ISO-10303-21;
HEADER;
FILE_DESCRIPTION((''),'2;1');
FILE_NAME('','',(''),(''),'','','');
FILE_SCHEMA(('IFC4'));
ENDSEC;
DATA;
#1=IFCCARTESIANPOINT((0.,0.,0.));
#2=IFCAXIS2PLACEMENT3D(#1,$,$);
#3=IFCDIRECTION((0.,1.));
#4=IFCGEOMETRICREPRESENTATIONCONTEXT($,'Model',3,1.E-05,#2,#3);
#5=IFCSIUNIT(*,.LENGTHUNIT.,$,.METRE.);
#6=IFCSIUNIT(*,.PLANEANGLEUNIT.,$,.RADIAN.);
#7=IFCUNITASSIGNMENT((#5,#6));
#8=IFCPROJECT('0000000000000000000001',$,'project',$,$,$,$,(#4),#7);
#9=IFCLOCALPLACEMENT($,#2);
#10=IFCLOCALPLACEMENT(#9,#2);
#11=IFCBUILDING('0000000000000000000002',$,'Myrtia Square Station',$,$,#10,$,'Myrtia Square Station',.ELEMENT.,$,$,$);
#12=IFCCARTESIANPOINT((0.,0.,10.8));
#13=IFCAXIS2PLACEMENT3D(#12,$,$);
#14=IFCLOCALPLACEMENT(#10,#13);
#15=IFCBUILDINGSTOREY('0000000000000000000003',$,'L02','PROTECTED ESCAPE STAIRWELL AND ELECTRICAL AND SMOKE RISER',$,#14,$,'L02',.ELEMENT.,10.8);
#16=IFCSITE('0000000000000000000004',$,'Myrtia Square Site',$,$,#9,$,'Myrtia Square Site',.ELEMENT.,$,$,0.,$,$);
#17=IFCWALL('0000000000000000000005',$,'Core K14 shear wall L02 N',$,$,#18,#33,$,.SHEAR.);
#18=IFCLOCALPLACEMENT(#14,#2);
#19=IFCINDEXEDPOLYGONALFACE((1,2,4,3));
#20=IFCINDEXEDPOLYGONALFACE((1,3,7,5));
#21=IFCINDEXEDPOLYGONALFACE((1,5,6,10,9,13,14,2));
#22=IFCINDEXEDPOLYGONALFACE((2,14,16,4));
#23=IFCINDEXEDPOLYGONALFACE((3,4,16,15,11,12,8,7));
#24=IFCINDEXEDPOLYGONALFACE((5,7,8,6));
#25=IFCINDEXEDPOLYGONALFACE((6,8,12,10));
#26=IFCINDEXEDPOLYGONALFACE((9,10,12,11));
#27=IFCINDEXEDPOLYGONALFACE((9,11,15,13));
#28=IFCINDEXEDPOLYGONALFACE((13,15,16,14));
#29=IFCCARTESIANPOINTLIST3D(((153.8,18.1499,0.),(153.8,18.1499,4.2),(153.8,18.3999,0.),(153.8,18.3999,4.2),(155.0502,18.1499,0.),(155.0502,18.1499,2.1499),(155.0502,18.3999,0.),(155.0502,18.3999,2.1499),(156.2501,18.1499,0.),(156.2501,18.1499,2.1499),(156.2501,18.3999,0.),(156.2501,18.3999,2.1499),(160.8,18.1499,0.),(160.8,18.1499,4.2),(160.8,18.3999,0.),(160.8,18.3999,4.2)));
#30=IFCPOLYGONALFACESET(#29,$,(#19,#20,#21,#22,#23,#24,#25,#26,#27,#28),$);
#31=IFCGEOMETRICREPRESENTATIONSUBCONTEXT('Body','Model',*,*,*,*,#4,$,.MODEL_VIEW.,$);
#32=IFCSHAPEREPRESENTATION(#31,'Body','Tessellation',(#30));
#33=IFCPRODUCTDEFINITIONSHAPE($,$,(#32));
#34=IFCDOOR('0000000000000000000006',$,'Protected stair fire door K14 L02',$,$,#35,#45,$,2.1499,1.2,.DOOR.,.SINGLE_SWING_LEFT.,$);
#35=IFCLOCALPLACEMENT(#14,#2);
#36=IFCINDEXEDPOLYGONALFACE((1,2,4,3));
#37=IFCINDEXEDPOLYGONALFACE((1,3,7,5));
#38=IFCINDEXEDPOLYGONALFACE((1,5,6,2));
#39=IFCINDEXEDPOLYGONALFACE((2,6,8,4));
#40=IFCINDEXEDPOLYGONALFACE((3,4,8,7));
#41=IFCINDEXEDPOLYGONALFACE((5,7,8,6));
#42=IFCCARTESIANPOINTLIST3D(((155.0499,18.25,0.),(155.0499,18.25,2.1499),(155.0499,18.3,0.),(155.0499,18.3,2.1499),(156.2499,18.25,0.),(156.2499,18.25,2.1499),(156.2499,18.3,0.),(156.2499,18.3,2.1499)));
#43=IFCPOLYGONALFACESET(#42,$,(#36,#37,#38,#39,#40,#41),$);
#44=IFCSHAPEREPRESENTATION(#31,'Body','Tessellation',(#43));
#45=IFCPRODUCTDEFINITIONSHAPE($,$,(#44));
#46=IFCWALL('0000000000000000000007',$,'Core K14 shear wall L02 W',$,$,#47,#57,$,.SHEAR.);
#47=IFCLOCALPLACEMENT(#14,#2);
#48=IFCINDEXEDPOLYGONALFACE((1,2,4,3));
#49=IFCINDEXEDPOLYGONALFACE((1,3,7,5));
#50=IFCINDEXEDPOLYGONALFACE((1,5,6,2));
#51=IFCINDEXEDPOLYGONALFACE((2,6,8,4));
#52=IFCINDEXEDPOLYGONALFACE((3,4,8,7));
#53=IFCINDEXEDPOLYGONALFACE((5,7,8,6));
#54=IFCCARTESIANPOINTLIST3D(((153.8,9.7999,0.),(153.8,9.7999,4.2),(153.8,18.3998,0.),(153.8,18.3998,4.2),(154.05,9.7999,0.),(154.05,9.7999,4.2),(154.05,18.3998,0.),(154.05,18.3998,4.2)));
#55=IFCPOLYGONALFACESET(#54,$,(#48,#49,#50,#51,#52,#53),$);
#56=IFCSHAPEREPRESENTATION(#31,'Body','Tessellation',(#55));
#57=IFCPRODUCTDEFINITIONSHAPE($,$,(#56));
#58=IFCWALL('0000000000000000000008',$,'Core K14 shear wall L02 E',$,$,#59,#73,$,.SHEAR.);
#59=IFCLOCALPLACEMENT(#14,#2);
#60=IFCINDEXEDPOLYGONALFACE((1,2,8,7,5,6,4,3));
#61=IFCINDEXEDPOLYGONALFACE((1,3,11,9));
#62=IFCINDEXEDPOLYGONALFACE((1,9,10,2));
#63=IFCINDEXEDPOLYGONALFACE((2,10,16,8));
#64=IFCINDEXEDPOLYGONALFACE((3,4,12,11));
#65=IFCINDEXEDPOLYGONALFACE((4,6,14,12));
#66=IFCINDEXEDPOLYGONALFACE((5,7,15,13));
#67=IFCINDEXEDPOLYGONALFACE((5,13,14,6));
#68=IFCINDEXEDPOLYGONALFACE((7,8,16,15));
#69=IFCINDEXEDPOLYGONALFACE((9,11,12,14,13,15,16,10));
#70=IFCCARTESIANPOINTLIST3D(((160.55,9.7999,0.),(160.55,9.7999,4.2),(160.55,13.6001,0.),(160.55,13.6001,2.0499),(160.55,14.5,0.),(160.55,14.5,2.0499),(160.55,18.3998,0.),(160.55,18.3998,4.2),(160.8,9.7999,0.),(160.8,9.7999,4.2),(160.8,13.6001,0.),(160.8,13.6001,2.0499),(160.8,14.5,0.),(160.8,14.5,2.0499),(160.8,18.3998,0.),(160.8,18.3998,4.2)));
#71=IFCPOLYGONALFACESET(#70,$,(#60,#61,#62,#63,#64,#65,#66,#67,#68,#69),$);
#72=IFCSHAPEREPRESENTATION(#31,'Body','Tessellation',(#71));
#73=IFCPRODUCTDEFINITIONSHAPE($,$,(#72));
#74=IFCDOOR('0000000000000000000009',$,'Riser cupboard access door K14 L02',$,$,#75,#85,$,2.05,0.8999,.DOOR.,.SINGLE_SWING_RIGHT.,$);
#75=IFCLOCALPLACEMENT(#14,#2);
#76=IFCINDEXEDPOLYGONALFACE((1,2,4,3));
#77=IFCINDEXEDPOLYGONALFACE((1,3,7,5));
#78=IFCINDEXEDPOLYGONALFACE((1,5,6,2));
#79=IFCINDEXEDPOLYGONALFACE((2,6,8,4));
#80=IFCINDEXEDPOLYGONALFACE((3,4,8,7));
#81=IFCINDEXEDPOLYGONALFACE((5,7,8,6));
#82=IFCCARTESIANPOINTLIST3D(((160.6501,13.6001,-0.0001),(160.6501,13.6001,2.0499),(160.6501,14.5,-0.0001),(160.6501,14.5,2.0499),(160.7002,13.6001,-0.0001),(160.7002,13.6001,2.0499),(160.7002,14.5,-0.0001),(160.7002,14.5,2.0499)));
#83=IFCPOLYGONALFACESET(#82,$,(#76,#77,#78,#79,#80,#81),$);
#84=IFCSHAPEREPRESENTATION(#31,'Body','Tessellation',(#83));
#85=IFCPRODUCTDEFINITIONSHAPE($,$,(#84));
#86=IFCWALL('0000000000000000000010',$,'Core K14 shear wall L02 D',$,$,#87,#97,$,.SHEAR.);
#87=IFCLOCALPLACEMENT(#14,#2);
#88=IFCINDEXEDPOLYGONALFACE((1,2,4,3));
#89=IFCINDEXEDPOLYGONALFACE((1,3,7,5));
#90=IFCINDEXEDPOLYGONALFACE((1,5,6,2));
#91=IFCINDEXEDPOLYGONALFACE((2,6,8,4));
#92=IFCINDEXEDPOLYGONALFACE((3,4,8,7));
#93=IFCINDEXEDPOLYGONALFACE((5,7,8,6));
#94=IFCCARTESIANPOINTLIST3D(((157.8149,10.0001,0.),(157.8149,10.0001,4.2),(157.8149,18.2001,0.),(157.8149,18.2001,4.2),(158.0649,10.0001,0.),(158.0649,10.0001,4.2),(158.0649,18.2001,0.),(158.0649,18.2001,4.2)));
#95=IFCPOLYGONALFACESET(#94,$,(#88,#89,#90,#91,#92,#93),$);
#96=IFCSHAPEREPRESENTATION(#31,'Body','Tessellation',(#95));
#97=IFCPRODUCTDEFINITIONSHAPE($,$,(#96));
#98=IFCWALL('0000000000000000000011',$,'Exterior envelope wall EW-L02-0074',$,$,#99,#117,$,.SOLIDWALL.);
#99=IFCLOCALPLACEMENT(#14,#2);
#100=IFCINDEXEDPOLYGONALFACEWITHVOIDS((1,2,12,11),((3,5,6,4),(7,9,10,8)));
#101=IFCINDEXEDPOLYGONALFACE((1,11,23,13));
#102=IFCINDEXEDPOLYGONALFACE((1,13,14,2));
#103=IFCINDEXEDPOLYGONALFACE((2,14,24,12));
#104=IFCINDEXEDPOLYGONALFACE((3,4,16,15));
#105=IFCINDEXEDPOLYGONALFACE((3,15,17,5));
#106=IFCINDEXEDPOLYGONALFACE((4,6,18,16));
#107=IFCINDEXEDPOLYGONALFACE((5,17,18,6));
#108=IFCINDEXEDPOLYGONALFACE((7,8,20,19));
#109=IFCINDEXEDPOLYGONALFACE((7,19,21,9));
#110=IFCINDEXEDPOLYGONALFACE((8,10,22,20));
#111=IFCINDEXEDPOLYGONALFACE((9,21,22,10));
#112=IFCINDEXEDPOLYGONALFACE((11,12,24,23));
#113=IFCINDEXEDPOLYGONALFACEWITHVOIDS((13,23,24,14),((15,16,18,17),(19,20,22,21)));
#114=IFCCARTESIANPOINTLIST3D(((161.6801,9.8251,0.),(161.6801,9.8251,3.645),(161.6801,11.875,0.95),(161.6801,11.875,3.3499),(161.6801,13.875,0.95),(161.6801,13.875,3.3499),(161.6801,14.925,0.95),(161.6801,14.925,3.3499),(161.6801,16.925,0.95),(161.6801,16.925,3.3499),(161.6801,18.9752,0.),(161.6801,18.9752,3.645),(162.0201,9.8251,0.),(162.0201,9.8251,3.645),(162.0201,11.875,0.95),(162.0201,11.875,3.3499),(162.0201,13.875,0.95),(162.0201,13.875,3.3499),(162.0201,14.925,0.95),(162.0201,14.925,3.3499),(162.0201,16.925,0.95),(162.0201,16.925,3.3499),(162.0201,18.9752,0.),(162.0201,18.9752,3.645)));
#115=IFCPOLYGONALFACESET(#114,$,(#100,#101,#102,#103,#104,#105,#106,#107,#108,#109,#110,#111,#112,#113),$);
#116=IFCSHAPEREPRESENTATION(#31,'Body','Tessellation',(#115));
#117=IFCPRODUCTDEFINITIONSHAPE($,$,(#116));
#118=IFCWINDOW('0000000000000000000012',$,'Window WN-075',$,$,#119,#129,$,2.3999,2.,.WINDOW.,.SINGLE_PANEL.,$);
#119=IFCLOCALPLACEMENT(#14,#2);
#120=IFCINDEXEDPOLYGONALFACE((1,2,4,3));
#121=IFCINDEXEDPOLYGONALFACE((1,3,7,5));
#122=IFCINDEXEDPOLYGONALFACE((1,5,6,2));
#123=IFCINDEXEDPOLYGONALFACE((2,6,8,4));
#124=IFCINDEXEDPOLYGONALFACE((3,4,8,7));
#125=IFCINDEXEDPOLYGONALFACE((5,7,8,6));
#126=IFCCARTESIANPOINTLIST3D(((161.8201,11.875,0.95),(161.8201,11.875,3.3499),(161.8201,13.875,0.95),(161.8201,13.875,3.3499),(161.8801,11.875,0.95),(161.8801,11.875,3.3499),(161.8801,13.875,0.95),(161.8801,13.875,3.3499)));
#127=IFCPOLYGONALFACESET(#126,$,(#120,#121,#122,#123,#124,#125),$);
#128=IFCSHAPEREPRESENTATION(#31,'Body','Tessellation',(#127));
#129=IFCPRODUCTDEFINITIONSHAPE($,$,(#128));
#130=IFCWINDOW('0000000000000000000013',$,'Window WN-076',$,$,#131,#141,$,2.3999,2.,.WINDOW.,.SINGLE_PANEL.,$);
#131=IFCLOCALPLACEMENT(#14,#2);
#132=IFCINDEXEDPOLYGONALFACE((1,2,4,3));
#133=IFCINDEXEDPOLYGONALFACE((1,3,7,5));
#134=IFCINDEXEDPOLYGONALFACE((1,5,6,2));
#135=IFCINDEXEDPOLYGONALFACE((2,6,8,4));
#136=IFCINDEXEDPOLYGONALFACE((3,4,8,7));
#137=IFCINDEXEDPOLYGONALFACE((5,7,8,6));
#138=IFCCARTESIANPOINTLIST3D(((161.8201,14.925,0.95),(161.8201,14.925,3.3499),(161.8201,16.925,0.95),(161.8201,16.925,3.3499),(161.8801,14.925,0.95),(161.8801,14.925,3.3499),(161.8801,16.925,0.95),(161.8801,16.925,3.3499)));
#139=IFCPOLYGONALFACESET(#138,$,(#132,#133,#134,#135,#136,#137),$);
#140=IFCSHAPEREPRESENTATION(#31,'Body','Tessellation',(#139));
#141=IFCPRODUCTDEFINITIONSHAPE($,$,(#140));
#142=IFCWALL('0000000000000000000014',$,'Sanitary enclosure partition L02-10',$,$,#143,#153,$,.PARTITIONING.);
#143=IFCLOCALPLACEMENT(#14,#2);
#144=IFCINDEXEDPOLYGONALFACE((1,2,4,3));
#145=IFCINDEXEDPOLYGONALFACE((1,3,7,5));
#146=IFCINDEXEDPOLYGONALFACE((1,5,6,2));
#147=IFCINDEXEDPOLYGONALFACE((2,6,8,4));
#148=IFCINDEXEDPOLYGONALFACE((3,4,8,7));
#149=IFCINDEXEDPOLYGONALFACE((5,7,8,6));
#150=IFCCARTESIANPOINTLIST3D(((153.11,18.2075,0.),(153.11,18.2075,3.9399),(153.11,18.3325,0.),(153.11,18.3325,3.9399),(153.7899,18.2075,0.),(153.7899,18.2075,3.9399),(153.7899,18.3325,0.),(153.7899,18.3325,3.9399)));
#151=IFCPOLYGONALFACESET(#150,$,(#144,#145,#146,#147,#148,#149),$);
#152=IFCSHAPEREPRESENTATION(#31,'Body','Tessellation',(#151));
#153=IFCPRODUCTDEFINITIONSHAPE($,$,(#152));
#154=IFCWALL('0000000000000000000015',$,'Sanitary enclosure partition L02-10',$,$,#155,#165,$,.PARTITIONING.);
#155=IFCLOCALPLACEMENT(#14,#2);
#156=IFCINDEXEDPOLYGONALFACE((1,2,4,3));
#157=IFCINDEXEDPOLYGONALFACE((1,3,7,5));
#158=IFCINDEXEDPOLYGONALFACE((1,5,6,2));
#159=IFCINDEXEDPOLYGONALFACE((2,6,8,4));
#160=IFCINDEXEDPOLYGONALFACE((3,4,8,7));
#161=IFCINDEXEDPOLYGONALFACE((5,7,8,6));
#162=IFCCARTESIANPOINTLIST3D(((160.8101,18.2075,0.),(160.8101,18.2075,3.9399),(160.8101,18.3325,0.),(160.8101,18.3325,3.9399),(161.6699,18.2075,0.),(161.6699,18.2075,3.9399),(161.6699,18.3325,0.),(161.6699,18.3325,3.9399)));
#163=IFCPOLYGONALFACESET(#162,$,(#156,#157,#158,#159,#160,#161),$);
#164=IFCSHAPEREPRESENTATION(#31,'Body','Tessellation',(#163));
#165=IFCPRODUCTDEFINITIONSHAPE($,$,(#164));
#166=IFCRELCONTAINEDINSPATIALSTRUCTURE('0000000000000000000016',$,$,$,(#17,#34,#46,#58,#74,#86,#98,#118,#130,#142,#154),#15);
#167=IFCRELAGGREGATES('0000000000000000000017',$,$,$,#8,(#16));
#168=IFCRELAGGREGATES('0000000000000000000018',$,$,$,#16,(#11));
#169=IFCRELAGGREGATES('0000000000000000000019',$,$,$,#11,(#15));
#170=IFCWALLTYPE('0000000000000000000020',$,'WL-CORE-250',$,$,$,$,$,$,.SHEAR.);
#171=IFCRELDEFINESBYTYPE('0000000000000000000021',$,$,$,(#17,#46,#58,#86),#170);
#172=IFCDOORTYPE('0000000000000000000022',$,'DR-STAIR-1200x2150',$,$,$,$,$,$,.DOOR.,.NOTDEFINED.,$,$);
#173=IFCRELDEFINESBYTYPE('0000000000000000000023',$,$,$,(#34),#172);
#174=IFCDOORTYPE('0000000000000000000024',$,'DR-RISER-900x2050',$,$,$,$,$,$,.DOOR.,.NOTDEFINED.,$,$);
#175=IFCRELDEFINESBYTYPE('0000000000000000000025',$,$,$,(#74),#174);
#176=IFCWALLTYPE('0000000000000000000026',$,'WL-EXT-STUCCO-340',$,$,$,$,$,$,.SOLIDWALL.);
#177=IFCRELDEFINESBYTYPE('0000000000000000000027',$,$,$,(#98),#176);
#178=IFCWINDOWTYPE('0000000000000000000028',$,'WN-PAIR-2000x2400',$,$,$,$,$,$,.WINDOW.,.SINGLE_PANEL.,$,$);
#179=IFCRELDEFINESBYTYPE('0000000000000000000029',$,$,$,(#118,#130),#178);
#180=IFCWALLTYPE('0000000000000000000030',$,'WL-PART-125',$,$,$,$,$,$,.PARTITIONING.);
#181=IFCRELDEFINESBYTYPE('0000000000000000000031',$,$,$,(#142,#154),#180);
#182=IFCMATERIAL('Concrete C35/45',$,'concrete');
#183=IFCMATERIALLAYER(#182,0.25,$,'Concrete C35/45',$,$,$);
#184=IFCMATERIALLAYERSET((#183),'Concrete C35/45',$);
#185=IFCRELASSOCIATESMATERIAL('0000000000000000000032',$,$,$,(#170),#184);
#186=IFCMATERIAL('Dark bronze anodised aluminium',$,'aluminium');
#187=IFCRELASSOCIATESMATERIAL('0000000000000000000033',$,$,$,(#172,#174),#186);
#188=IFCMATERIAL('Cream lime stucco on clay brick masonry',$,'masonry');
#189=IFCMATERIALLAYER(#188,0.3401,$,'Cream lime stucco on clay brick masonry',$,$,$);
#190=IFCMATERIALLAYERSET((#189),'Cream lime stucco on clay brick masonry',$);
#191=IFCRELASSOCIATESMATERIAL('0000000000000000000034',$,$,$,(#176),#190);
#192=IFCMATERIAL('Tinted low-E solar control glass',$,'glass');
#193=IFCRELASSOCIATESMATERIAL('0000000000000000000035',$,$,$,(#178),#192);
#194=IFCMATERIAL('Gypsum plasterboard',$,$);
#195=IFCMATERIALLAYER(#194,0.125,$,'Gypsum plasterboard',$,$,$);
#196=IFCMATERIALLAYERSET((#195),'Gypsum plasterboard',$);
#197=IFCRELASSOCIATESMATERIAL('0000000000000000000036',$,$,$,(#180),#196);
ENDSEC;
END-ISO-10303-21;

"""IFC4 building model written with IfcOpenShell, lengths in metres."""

from ifc_helpers import new_model, si_unit, direction, frame, frame_2d, origin, place, context, subcontext, project, spatial, rectangle, extrude, material, layer, layer_set, type_object, element, fill, save


model = new_model("IFC4")

# Units and contexts
model_context = context("Model", 3, precision=1e-05, world=origin(), true_north=direction((0.0, 1.0)))
body_context = subcontext(model_context, "Body", "Model", "MODEL_VIEW")
ifc_project = project(units=[si_unit("LENGTHUNIT", "METRE"), si_unit("PLANEANGLEUNIT", "RADIAN")], contexts=[model_context])

# Site, building, storey
site_placement = place(None, origin())
site = spatial("IfcSite", under=ifc_project, at=site_placement, Name="Myrtia Square Site", LongName="Myrtia Square Site", CompositionType="ELEMENT", RefElevation=0.0)
building_placement = place(site_placement, origin())
building = spatial("IfcBuilding", under=site, at=building_placement, Name="Myrtia Square Station", LongName="Myrtia Square Station", CompositionType="ELEMENT")
storey_placement = place(building_placement, frame((0.0, 0.0, 10.8)))
storey = spatial("IfcBuildingStorey", under=building, at=storey_placement, Name="L02", Description="PROTECTED ESCAPE STAIRWELL AND ELECTRICAL AND SMOKE RISER", LongName="L02", CompositionType="ELEMENT", Elevation=10.8)

# Shared definitions
ifc_material_1 = material(Name="Concrete C35/45", Category="concrete")
ifc_layer_1 = layer(ifc_material_1, 0.25, Name="Concrete C35/45")
ifc_layer_set_1 = layer_set([ifc_layer_1], Name="Concrete C35/45")
wall_type_1 = type_object("IfcWallType", Name="WL-CORE-250", PredefinedType="SHEAR", material=ifc_layer_set_1)

# Wall, opening, door
wall_1_placement = place(storey_placement, frame((153.8, 18.2749, 0.0), z_axis=(0.0, 0.0, 1.0), x_axis=(1.0, 0.0, 0.0)))
wall_1 = element("IfcWall", 1, at=wall_1_placement, inside=storey, type_object=wall_type_1, Name="Core K14 shear wall L02 N", PredefinedType="SHEAR", context=body_context, shape_type="SweptSolid", body=[
    extrude(rectangle(XDim=7.0, YDim=0.25, at=frame_2d((3.5, 0.0))), origin(), (0.0, 0.0, 1.0), 4.2),
])
opening_1_placement = place(wall_1_placement, frame((1.25, 0.0, 0.0)))
opening_1 = element("IfcOpeningElement", 2, at=opening_1_placement, cuts=wall_1, PredefinedType="OPENING", context=body_context, shape_type="SweptSolid", body=[
    extrude(rectangle(XDim=1.2, YDim=2.1499, at=frame_2d((0.6001, 1.075))), frame((0.0, 0.1399, 0.0), z_axis=(0.0, -1.0, 0.0), x_axis=(1.0, 0.0, 0.0)), (0.0, 0.0, 1.0), 0.28),
])
ifc_material_2 = material(Name="Dark bronze anodised aluminium", Category="aluminium")
door_type_1 = type_object("IfcDoorType", Name="DR-STAIR-1200x2150", OperationType="NOTDEFINED", PredefinedType="DOOR", material=ifc_material_2)
door_1_placement = place(opening_1_placement, frame((1.2, 0.0, 0.0), z_axis=(0.0, 0.0, 1.0), x_axis=(-1.0, 0.0, 0.0)))
door_1 = element("IfcDoor", 3, at=door_1_placement, inside=storey, type_object=door_type_1, Name="Protected stair fire door K14 L02", OperationType="SINGLE_SWING_LEFT", OverallHeight=2.1499, OverallWidth=1.2, PredefinedType="DOOR", context=body_context, shape_type="SweptSolid", body=[
    extrude(rectangle(XDim=1.2, YDim=2.1499, at=frame_2d((0.6001, 1.075))), frame((0.0, 0.0249, 0.0), z_axis=(0.0, -1.0, 0.0), x_axis=(1.0, 0.0, 0.0)), (0.0, 0.0, 1.0), 0.05),
])
fill(opening_1, door_1)

# Wall
wall_2_placement = place(storey_placement, frame((153.925, 9.8, 0.0), z_axis=(0.0, 0.0, 1.0), x_axis=(0.0, 1.0, 0.0)))
element("IfcWall", 4, at=wall_2_placement, inside=storey, type_object=wall_type_1, Name="Core K14 shear wall L02 W", PredefinedType="SHEAR", context=body_context, shape_type="SweptSolid", body=[
    extrude(rectangle(XDim=8.5999, YDim=0.25, at=frame_2d((4.2998, 0.0))), origin(), (0.0, 0.0, 1.0), 4.2),
])

# Wall, opening, door
wall_3_placement = place(storey_placement, frame((160.675, 9.8, 0.0), z_axis=(0.0, 0.0, 1.0), x_axis=(0.0, 1.0, 0.0)))
wall_3 = element("IfcWall", 5, at=wall_3_placement, inside=storey, type_object=wall_type_1, Name="Core K14 shear wall L02 E", PredefinedType="SHEAR", context=body_context, shape_type="SweptSolid", body=[
    extrude(rectangle(XDim=8.5999, YDim=0.25, at=frame_2d((4.2998, 0.0))), origin(), (0.0, 0.0, 1.0), 4.2),
])
opening_2_placement = place(wall_3_placement, frame((3.8, 0.0, 0.0)))
opening_2 = element("IfcOpeningElement", 6, at=opening_2_placement, cuts=wall_3, PredefinedType="OPENING", context=body_context, shape_type="SweptSolid", body=[
    extrude(rectangle(XDim=0.8999, YDim=2.05, at=frame_2d((0.45, 1.0249))), frame((0.0, 0.1399, 0.0), z_axis=(0.0, -1.0, 0.0), x_axis=(1.0, 0.0, 0.0)), (0.0, 0.0, 1.0), 0.28),
])
door_type_2 = type_object("IfcDoorType", Name="DR-RISER-900x2050", OperationType="NOTDEFINED", PredefinedType="DOOR", material=ifc_material_2)
door_2_placement = place(opening_2_placement, origin())
door_2 = element("IfcDoor", 7, at=door_2_placement, inside=storey, type_object=door_type_2, Name="Riser cupboard access door K14 L02", OperationType="SINGLE_SWING_RIGHT", OverallHeight=2.05, OverallWidth=0.8999, PredefinedType="DOOR", context=body_context, shape_type="SweptSolid", body=[
    extrude(rectangle(XDim=0.8999, YDim=2.05, at=frame_2d((0.45, 1.0249))), frame((0.0, 0.0249, 0.0), z_axis=(0.0, -1.0, 0.0), x_axis=(1.0, 0.0, 0.0)), (0.0, 0.0, 1.0), 0.05),
])
fill(opening_2, door_2)

# Wall
wall_4_placement = place(storey_placement, frame((157.9399, 10.0, 0.0), z_axis=(0.0, 0.0, 1.0), x_axis=(0.0, 1.0, 0.0)))
element("IfcWall", 8, at=wall_4_placement, inside=storey, type_object=wall_type_1, Name="Core K14 shear wall L02 D", PredefinedType="SHEAR", context=body_context, shape_type="SweptSolid", body=[
    extrude(rectangle(XDim=8.2, YDim=0.25, at=frame_2d((4.1001, 0.0))), origin(), (0.0, 0.0, 1.0), 4.2),
])

# Wall, openings, windows
ifc_material_3 = material(Name="Cream lime stucco on clay brick masonry", Category="masonry")
ifc_layer_2 = layer(ifc_material_3, 0.3401, Name="Cream lime stucco on clay brick masonry")
ifc_layer_set_2 = layer_set([ifc_layer_2], Name="Cream lime stucco on clay brick masonry")
wall_type_2 = type_object("IfcWallType", Name="WL-EXT-STUCCO-340", PredefinedType="SOLIDWALL", material=ifc_layer_set_2)
wall_5_placement = place(storey_placement, frame((161.8501, 9.825, 0.0), z_axis=(0.0, 0.0, 1.0), x_axis=(0.0, 1.0, 0.0)))
wall_5 = element("IfcWall", 9, at=wall_5_placement, inside=storey, type_object=wall_type_2, Name="Exterior envelope wall EW-L02-0074", PredefinedType="SOLIDWALL", context=body_context, shape_type="SweptSolid", body=[
    extrude(rectangle(XDim=9.1501, YDim=0.3401, at=frame_2d((4.5752, 0.0))), origin(), (0.0, 0.0, 1.0), 3.645),
])
opening_3_placement = place(wall_5_placement, frame((2.05, 0.0, 0.95)))
opening_3 = element("IfcOpeningElement", 10, at=opening_3_placement, cuts=wall_5, PredefinedType="OPENING", context=body_context, shape_type="SweptSolid", body=[
    extrude(rectangle(XDim=2.0, YDim=2.3999, at=frame_2d((1.0, 1.2))), frame((0.0, 0.1851, 0.0), z_axis=(0.0, -1.0, 0.0), x_axis=(1.0, 0.0, 0.0)), (0.0, 0.0, 1.0), 0.3701),
])
opening_4_placement = place(wall_5_placement, frame((5.1001, 0.0, 0.95)))
opening_4 = element("IfcOpeningElement", 11, at=opening_4_placement, cuts=wall_5, PredefinedType="OPENING", context=body_context, shape_type="SweptSolid", body=[
    extrude(rectangle(XDim=2.0, YDim=2.3999, at=frame_2d((1.0, 1.2))), frame((0.0, 0.1851, 0.0), z_axis=(0.0, -1.0, 0.0), x_axis=(1.0, 0.0, 0.0)), (0.0, 0.0, 1.0), 0.3701),
])
ifc_material_4 = material(Name="Tinted low-E solar control glass", Category="glass")
window_type = type_object("IfcWindowType", Name="WN-PAIR-2000x2400", PartitioningType="SINGLE_PANEL", PredefinedType="WINDOW", material=ifc_material_4)
window_1_placement = place(opening_3_placement, origin())
window_1 = element("IfcWindow", 12, at=window_1_placement, inside=storey, type_object=window_type, Name="Window WN-075", OverallHeight=2.3999, OverallWidth=2.0, PartitioningType="SINGLE_PANEL", PredefinedType="WINDOW", context=body_context, shape_type="SweptSolid", body=[
    extrude(rectangle(XDim=2.0, YDim=2.3999, at=frame_2d((1.0, 1.2))), frame((0.0, 0.03, 0.0), z_axis=(0.0, -1.0, 0.0), x_axis=(1.0, 0.0, 0.0)), (0.0, 0.0, 1.0), 0.0601),
])
fill(opening_3, window_1)
window_2_placement = place(opening_4_placement, origin())
window_2 = element("IfcWindow", 13, at=window_2_placement, inside=storey, type_object=window_type, Name="Window WN-076", OverallHeight=2.3999, OverallWidth=2.0, PartitioningType="SINGLE_PANEL", PredefinedType="WINDOW", context=body_context, shape_type="SweptSolid", body=[
    extrude(rectangle(XDim=2.0, YDim=2.3999, at=frame_2d((1.0, 1.2))), frame((0.0, 0.03, 0.0), z_axis=(0.0, -1.0, 0.0), x_axis=(1.0, 0.0, 0.0)), (0.0, 0.0, 1.0), 0.0601),
])
fill(opening_4, window_2)

# Walls
ifc_material_5 = material(Name="Gypsum plasterboard")
ifc_layer_3 = layer(ifc_material_5, 0.125, Name="Gypsum plasterboard")
ifc_layer_set_3 = layer_set([ifc_layer_3], Name="Gypsum plasterboard")
wall_type_3 = type_object("IfcWallType", Name="WL-PART-125", PredefinedType="PARTITIONING", material=ifc_layer_set_3)
wall_6_placement = place(storey_placement, frame((153.1101, 18.27, 0.0), z_axis=(0.0, 0.0, 1.0), x_axis=(1.0, 0.0, 0.0)))
element("IfcWall", 14, at=wall_6_placement, inside=storey, type_object=wall_type_3, Name="Sanitary enclosure partition L02-10", PredefinedType="PARTITIONING", context=body_context, shape_type="SweptSolid", body=[
    extrude(rectangle(XDim=0.6799, YDim=0.125, at=frame_2d((0.3398, 0.0))), origin(), (0.0, 0.0, 1.0), 3.9399),
])
wall_7_placement = place(storey_placement, frame((160.8101, 18.27, 0.0), z_axis=(0.0, 0.0, 1.0), x_axis=(1.0, 0.0, 0.0)))
element("IfcWall", 15, at=wall_7_placement, inside=storey, type_object=wall_type_3, Name="Sanitary enclosure partition L02-10", PredefinedType="PARTITIONING", context=body_context, shape_type="SweptSolid", body=[
    extrude(rectangle(XDim=0.8599, YDim=0.125, at=frame_2d((0.4299, 0.0))), origin(), (0.0, 0.0, 1.0), 3.9399),
])

save(model, "model.ifc")
